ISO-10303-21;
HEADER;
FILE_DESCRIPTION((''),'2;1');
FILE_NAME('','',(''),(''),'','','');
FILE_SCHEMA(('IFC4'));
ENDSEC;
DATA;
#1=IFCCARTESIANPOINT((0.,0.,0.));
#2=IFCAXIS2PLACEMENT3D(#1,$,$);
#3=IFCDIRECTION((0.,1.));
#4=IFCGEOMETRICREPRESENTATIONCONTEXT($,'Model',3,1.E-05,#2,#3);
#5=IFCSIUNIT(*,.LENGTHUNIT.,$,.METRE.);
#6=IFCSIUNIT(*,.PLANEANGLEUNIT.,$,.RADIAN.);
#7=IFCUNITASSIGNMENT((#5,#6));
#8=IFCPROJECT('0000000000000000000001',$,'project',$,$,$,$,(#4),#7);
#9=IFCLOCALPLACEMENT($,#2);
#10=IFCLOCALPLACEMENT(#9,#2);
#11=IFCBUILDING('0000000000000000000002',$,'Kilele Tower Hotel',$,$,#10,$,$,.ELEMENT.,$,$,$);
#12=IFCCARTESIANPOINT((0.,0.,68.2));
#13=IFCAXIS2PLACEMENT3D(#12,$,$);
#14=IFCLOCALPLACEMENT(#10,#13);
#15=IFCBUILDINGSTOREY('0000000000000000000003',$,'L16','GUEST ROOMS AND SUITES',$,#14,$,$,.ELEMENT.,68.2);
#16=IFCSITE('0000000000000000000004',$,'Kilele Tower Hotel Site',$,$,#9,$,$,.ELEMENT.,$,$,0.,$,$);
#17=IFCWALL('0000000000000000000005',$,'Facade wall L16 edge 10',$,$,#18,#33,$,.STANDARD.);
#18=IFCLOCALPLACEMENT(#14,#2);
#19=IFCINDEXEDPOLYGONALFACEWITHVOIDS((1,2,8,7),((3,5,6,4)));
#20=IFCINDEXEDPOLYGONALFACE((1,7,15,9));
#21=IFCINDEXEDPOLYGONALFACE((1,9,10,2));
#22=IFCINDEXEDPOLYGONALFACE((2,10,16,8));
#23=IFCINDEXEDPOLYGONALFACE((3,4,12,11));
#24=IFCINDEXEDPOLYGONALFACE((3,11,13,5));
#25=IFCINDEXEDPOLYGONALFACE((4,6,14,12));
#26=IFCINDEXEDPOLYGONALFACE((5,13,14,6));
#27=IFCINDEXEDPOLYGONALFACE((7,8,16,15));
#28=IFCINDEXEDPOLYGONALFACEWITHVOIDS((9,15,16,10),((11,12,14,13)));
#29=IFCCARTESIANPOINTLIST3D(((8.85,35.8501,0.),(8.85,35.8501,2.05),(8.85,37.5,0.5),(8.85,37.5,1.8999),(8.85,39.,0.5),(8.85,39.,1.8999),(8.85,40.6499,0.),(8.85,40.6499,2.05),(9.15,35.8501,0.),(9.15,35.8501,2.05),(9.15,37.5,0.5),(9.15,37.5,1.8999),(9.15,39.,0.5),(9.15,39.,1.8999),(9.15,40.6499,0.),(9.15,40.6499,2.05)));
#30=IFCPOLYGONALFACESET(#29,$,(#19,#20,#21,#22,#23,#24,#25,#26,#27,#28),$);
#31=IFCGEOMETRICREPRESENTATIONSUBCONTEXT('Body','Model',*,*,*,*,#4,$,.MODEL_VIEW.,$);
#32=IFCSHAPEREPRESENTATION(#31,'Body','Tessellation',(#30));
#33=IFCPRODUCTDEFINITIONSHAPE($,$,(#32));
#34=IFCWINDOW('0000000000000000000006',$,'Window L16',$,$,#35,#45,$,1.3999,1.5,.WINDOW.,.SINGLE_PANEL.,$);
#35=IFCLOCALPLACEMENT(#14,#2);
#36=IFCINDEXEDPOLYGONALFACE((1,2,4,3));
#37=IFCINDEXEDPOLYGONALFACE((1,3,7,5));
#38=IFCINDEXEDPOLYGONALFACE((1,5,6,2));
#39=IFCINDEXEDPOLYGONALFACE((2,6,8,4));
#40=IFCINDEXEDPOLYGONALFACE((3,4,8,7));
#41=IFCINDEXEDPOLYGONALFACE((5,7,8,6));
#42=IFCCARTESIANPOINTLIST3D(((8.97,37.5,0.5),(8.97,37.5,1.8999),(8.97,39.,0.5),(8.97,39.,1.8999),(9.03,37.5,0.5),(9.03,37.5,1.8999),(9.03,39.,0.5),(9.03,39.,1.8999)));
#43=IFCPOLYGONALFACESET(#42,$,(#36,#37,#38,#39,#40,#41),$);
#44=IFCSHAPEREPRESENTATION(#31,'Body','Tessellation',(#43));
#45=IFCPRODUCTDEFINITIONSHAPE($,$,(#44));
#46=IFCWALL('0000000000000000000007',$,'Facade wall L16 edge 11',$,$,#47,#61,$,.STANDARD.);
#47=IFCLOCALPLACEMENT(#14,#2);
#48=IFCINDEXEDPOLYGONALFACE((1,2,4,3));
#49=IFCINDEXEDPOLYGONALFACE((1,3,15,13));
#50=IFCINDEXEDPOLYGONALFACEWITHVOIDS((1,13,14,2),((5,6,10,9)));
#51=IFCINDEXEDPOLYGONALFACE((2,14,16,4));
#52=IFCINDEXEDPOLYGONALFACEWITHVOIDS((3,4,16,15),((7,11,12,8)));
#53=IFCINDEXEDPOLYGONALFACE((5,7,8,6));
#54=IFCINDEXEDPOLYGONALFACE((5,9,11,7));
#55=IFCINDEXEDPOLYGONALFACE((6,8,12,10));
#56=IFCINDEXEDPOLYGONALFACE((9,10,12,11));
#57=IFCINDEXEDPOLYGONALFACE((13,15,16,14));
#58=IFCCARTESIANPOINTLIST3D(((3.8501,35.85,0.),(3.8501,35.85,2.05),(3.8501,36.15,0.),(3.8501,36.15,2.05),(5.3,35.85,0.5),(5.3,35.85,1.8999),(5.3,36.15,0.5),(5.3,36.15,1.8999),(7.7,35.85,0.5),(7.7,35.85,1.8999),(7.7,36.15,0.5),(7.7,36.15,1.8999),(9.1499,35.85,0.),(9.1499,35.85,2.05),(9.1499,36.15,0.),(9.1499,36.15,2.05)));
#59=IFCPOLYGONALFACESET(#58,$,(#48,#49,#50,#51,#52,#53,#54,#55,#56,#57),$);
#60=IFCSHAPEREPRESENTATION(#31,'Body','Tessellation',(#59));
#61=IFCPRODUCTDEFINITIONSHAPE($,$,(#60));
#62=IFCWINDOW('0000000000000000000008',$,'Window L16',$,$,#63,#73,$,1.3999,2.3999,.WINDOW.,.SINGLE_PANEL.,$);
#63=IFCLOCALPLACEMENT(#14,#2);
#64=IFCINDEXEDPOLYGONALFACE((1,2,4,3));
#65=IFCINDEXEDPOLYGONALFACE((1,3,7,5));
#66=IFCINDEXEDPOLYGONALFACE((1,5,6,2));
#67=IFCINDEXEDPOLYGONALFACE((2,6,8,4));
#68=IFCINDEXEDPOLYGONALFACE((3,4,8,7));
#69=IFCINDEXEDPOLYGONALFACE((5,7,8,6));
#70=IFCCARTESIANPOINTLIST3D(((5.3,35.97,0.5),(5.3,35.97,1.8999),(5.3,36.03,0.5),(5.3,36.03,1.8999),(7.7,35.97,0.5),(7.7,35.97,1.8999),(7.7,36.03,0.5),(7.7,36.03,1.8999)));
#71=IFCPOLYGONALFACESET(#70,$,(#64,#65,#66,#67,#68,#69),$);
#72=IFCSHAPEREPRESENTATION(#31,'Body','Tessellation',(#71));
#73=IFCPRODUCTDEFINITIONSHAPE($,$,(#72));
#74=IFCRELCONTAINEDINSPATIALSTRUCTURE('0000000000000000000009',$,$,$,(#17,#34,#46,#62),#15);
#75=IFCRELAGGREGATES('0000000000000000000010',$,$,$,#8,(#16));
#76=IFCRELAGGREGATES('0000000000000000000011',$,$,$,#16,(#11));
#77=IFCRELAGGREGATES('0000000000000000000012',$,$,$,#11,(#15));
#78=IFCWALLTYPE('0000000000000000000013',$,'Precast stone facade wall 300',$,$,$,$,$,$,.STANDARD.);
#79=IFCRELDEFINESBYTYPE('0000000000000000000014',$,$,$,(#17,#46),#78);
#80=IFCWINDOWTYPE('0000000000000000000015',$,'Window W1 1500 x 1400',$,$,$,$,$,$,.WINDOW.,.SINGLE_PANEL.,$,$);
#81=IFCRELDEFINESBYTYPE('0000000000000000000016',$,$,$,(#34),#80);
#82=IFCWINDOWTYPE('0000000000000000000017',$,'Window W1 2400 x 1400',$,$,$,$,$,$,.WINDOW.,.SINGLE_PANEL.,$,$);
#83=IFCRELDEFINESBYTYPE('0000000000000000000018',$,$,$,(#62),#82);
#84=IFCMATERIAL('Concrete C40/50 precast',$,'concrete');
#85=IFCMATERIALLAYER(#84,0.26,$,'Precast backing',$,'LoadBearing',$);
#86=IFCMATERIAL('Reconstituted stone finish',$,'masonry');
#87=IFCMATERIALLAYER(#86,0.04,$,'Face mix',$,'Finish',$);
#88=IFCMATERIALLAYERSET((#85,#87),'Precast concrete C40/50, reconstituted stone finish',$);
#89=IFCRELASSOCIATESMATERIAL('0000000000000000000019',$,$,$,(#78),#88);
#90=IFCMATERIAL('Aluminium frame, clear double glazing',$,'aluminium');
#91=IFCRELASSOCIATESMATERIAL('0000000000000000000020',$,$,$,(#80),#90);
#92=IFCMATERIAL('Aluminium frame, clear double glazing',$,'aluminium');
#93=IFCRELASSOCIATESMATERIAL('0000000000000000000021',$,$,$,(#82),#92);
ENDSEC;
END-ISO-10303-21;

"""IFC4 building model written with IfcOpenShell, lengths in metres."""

from ifc_helpers import new_model, si_unit, direction, frame, frame_2d, origin, place, context, subcontext, project, spatial, rectangle, extrude, material, layer, layer_set, type_object, element, fill, save


model = new_model("IFC4")

# Units and contexts
model_context = context("Model", 3, precision=1e-05, world=origin(), true_north=direction((0.0, 1.0)))
body_context = subcontext(model_context, "Body", "Model", "MODEL_VIEW")
ifc_project = project(units=[si_unit("LENGTHUNIT", "METRE"), si_unit("PLANEANGLEUNIT", "RADIAN")], contexts=[model_context])

# Site, building, storey
site_placement = place(None, origin())
site = spatial("IfcSite", under=ifc_project, at=site_placement, Name="Kilele Tower Hotel Site", CompositionType="ELEMENT", RefElevation=0.0)
building_placement = place(site_placement, origin())
building = spatial("IfcBuilding", under=site, at=building_placement, Name="Kilele Tower Hotel", CompositionType="ELEMENT")
storey_placement = place(building_placement, frame((0.0, 0.0, 68.2)))
storey = spatial("IfcBuildingStorey", under=building, at=storey_placement, Name="L16", Description="GUEST ROOMS AND SUITES", CompositionType="ELEMENT", Elevation=68.2)

# Walls, openings, windows
ifc_material_1 = material(Name="Concrete C40/50 precast", Category="concrete")
ifc_layer_1 = layer(ifc_material_1, 0.26, Name="Precast backing", Category="LoadBearing")
ifc_material_2 = material(Name="Reconstituted stone finish", Category="masonry")
ifc_layer_2 = layer(ifc_material_2, 0.04, Name="Face mix", Category="Finish")
ifc_layer_set_1 = layer_set([ifc_layer_1, ifc_layer_2], Name="Precast concrete C40/50, reconstituted stone finish")
wall_type_1 = type_object("IfcWallType", Name="Precast stone facade wall 300", PredefinedType="STANDARD", material=ifc_layer_set_1)
wall_1_placement = place(storey_placement, frame((9.0, 40.6499, 0.0), z_axis=(0.0, 0.0, 1.0), x_axis=(0.0, -1.0, 0.0)))
wall_1 = element("IfcWall", 1, at=wall_1_placement, inside=storey, type_object=wall_type_1, Name="Facade wall L16 edge 10", PredefinedType="STANDARD", context=body_context, shape_type="SweptSolid", body=[
    extrude(rectangle(XDim=4.7998, YDim=0.3, at=frame_2d((2.3999, 0.0))), origin(), (0.0, 0.0, 1.0), 2.05),
])
opening_1_placement = place(wall_1_placement, frame((1.6499, 0.0, 0.5)))
opening_1 = element("IfcOpeningElement", 2, at=opening_1_placement, cuts=wall_1, PredefinedType="OPENING", context=body_context, shape_type="SweptSolid", body=[
    extrude(rectangle(XDim=1.5, YDim=1.3999, at=frame_2d((0.75, 0.7))), frame((0.0, 0.1599, 0.0), z_axis=(0.0, -1.0, 0.0), x_axis=(1.0, 0.0, 0.0)), (0.0, 0.0, 1.0), 0.3201),
])
ifc_material_3 = material(Name="Aluminium frame, clear double glazing", Category="aluminium")
window_type_1 = type_object("IfcWindowType", Name="Window W1 1500 x 1400", PartitioningType="SINGLE_PANEL", PredefinedType="WINDOW", material=ifc_material_3)
window_1_placement = place(opening_1_placement, origin())
window_1 = element("IfcWindow", 3, at=window_1_placement, inside=storey, type_object=window_type_1, Name="Window L16", OverallHeight=1.3999, OverallWidth=1.5, PartitioningType="SINGLE_PANEL", PredefinedType="WINDOW", context=body_context, shape_type="SweptSolid", body=[
    extrude(rectangle(XDim=1.5, YDim=1.3999, at=frame_2d((0.75, 0.7))), frame((0.0, 0.03, 0.0), z_axis=(0.0, -1.0, 0.0), x_axis=(1.0, 0.0, 0.0)), (0.0, 0.0, 1.0), 0.0601),
])
fill(opening_1, window_1)
wall_2_placement = place(storey_placement, frame((9.1499, 36.0, 0.0), z_axis=(0.0, 0.0, 1.0), x_axis=(-1.0, 0.0, 0.0)))
wall_2 = element("IfcWall", 4, at=wall_2_placement, inside=storey, type_object=wall_type_1, Name="Facade wall L16 edge 11", PredefinedType="STANDARD", context=body_context, shape_type="SweptSolid", body=[
    extrude(rectangle(XDim=5.2998, YDim=0.3, at=frame_2d((2.6499, 0.0))), origin(), (0.0, 0.0, 1.0), 2.05),
])
opening_2_placement = place(wall_2_placement, frame((1.45, 0.0, 0.5)))
opening_2 = element("IfcOpeningElement", 5, at=opening_2_placement, cuts=wall_2, PredefinedType="OPENING", context=body_context, shape_type="SweptSolid", body=[
    extrude(rectangle(XDim=2.3999, YDim=1.3999, at=frame_2d((1.2, 0.7))), frame((0.0, 0.1599, 0.0), z_axis=(0.0, -1.0, 0.0), x_axis=(1.0, 0.0, 0.0)), (0.0, 0.0, 1.0), 0.3201),
])
ifc_material_4 = material(Name="Aluminium frame, clear double glazing", Category="aluminium")
window_type_2 = type_object("IfcWindowType", Name="Window W1 2400 x 1400", PartitioningType="SINGLE_PANEL", PredefinedType="WINDOW", material=ifc_material_4)
window_2_placement = place(opening_2_placement, origin())
window_2 = element("IfcWindow", 6, at=window_2_placement, inside=storey, type_object=window_type_2, Name="Window L16", OverallHeight=1.3999, OverallWidth=2.3999, PartitioningType="SINGLE_PANEL", PredefinedType="WINDOW", context=body_context, shape_type="SweptSolid", body=[
    extrude(rectangle(XDim=2.3999, YDim=1.3999, at=frame_2d((1.2, 0.7))), frame((0.0, 0.03, 0.0), z_axis=(0.0, -1.0, 0.0), x_axis=(1.0, 0.0, 0.0)), (0.0, 0.0, 1.0), 0.0601),
])
fill(opening_2, window_2)

save(model, "model.ifc")
